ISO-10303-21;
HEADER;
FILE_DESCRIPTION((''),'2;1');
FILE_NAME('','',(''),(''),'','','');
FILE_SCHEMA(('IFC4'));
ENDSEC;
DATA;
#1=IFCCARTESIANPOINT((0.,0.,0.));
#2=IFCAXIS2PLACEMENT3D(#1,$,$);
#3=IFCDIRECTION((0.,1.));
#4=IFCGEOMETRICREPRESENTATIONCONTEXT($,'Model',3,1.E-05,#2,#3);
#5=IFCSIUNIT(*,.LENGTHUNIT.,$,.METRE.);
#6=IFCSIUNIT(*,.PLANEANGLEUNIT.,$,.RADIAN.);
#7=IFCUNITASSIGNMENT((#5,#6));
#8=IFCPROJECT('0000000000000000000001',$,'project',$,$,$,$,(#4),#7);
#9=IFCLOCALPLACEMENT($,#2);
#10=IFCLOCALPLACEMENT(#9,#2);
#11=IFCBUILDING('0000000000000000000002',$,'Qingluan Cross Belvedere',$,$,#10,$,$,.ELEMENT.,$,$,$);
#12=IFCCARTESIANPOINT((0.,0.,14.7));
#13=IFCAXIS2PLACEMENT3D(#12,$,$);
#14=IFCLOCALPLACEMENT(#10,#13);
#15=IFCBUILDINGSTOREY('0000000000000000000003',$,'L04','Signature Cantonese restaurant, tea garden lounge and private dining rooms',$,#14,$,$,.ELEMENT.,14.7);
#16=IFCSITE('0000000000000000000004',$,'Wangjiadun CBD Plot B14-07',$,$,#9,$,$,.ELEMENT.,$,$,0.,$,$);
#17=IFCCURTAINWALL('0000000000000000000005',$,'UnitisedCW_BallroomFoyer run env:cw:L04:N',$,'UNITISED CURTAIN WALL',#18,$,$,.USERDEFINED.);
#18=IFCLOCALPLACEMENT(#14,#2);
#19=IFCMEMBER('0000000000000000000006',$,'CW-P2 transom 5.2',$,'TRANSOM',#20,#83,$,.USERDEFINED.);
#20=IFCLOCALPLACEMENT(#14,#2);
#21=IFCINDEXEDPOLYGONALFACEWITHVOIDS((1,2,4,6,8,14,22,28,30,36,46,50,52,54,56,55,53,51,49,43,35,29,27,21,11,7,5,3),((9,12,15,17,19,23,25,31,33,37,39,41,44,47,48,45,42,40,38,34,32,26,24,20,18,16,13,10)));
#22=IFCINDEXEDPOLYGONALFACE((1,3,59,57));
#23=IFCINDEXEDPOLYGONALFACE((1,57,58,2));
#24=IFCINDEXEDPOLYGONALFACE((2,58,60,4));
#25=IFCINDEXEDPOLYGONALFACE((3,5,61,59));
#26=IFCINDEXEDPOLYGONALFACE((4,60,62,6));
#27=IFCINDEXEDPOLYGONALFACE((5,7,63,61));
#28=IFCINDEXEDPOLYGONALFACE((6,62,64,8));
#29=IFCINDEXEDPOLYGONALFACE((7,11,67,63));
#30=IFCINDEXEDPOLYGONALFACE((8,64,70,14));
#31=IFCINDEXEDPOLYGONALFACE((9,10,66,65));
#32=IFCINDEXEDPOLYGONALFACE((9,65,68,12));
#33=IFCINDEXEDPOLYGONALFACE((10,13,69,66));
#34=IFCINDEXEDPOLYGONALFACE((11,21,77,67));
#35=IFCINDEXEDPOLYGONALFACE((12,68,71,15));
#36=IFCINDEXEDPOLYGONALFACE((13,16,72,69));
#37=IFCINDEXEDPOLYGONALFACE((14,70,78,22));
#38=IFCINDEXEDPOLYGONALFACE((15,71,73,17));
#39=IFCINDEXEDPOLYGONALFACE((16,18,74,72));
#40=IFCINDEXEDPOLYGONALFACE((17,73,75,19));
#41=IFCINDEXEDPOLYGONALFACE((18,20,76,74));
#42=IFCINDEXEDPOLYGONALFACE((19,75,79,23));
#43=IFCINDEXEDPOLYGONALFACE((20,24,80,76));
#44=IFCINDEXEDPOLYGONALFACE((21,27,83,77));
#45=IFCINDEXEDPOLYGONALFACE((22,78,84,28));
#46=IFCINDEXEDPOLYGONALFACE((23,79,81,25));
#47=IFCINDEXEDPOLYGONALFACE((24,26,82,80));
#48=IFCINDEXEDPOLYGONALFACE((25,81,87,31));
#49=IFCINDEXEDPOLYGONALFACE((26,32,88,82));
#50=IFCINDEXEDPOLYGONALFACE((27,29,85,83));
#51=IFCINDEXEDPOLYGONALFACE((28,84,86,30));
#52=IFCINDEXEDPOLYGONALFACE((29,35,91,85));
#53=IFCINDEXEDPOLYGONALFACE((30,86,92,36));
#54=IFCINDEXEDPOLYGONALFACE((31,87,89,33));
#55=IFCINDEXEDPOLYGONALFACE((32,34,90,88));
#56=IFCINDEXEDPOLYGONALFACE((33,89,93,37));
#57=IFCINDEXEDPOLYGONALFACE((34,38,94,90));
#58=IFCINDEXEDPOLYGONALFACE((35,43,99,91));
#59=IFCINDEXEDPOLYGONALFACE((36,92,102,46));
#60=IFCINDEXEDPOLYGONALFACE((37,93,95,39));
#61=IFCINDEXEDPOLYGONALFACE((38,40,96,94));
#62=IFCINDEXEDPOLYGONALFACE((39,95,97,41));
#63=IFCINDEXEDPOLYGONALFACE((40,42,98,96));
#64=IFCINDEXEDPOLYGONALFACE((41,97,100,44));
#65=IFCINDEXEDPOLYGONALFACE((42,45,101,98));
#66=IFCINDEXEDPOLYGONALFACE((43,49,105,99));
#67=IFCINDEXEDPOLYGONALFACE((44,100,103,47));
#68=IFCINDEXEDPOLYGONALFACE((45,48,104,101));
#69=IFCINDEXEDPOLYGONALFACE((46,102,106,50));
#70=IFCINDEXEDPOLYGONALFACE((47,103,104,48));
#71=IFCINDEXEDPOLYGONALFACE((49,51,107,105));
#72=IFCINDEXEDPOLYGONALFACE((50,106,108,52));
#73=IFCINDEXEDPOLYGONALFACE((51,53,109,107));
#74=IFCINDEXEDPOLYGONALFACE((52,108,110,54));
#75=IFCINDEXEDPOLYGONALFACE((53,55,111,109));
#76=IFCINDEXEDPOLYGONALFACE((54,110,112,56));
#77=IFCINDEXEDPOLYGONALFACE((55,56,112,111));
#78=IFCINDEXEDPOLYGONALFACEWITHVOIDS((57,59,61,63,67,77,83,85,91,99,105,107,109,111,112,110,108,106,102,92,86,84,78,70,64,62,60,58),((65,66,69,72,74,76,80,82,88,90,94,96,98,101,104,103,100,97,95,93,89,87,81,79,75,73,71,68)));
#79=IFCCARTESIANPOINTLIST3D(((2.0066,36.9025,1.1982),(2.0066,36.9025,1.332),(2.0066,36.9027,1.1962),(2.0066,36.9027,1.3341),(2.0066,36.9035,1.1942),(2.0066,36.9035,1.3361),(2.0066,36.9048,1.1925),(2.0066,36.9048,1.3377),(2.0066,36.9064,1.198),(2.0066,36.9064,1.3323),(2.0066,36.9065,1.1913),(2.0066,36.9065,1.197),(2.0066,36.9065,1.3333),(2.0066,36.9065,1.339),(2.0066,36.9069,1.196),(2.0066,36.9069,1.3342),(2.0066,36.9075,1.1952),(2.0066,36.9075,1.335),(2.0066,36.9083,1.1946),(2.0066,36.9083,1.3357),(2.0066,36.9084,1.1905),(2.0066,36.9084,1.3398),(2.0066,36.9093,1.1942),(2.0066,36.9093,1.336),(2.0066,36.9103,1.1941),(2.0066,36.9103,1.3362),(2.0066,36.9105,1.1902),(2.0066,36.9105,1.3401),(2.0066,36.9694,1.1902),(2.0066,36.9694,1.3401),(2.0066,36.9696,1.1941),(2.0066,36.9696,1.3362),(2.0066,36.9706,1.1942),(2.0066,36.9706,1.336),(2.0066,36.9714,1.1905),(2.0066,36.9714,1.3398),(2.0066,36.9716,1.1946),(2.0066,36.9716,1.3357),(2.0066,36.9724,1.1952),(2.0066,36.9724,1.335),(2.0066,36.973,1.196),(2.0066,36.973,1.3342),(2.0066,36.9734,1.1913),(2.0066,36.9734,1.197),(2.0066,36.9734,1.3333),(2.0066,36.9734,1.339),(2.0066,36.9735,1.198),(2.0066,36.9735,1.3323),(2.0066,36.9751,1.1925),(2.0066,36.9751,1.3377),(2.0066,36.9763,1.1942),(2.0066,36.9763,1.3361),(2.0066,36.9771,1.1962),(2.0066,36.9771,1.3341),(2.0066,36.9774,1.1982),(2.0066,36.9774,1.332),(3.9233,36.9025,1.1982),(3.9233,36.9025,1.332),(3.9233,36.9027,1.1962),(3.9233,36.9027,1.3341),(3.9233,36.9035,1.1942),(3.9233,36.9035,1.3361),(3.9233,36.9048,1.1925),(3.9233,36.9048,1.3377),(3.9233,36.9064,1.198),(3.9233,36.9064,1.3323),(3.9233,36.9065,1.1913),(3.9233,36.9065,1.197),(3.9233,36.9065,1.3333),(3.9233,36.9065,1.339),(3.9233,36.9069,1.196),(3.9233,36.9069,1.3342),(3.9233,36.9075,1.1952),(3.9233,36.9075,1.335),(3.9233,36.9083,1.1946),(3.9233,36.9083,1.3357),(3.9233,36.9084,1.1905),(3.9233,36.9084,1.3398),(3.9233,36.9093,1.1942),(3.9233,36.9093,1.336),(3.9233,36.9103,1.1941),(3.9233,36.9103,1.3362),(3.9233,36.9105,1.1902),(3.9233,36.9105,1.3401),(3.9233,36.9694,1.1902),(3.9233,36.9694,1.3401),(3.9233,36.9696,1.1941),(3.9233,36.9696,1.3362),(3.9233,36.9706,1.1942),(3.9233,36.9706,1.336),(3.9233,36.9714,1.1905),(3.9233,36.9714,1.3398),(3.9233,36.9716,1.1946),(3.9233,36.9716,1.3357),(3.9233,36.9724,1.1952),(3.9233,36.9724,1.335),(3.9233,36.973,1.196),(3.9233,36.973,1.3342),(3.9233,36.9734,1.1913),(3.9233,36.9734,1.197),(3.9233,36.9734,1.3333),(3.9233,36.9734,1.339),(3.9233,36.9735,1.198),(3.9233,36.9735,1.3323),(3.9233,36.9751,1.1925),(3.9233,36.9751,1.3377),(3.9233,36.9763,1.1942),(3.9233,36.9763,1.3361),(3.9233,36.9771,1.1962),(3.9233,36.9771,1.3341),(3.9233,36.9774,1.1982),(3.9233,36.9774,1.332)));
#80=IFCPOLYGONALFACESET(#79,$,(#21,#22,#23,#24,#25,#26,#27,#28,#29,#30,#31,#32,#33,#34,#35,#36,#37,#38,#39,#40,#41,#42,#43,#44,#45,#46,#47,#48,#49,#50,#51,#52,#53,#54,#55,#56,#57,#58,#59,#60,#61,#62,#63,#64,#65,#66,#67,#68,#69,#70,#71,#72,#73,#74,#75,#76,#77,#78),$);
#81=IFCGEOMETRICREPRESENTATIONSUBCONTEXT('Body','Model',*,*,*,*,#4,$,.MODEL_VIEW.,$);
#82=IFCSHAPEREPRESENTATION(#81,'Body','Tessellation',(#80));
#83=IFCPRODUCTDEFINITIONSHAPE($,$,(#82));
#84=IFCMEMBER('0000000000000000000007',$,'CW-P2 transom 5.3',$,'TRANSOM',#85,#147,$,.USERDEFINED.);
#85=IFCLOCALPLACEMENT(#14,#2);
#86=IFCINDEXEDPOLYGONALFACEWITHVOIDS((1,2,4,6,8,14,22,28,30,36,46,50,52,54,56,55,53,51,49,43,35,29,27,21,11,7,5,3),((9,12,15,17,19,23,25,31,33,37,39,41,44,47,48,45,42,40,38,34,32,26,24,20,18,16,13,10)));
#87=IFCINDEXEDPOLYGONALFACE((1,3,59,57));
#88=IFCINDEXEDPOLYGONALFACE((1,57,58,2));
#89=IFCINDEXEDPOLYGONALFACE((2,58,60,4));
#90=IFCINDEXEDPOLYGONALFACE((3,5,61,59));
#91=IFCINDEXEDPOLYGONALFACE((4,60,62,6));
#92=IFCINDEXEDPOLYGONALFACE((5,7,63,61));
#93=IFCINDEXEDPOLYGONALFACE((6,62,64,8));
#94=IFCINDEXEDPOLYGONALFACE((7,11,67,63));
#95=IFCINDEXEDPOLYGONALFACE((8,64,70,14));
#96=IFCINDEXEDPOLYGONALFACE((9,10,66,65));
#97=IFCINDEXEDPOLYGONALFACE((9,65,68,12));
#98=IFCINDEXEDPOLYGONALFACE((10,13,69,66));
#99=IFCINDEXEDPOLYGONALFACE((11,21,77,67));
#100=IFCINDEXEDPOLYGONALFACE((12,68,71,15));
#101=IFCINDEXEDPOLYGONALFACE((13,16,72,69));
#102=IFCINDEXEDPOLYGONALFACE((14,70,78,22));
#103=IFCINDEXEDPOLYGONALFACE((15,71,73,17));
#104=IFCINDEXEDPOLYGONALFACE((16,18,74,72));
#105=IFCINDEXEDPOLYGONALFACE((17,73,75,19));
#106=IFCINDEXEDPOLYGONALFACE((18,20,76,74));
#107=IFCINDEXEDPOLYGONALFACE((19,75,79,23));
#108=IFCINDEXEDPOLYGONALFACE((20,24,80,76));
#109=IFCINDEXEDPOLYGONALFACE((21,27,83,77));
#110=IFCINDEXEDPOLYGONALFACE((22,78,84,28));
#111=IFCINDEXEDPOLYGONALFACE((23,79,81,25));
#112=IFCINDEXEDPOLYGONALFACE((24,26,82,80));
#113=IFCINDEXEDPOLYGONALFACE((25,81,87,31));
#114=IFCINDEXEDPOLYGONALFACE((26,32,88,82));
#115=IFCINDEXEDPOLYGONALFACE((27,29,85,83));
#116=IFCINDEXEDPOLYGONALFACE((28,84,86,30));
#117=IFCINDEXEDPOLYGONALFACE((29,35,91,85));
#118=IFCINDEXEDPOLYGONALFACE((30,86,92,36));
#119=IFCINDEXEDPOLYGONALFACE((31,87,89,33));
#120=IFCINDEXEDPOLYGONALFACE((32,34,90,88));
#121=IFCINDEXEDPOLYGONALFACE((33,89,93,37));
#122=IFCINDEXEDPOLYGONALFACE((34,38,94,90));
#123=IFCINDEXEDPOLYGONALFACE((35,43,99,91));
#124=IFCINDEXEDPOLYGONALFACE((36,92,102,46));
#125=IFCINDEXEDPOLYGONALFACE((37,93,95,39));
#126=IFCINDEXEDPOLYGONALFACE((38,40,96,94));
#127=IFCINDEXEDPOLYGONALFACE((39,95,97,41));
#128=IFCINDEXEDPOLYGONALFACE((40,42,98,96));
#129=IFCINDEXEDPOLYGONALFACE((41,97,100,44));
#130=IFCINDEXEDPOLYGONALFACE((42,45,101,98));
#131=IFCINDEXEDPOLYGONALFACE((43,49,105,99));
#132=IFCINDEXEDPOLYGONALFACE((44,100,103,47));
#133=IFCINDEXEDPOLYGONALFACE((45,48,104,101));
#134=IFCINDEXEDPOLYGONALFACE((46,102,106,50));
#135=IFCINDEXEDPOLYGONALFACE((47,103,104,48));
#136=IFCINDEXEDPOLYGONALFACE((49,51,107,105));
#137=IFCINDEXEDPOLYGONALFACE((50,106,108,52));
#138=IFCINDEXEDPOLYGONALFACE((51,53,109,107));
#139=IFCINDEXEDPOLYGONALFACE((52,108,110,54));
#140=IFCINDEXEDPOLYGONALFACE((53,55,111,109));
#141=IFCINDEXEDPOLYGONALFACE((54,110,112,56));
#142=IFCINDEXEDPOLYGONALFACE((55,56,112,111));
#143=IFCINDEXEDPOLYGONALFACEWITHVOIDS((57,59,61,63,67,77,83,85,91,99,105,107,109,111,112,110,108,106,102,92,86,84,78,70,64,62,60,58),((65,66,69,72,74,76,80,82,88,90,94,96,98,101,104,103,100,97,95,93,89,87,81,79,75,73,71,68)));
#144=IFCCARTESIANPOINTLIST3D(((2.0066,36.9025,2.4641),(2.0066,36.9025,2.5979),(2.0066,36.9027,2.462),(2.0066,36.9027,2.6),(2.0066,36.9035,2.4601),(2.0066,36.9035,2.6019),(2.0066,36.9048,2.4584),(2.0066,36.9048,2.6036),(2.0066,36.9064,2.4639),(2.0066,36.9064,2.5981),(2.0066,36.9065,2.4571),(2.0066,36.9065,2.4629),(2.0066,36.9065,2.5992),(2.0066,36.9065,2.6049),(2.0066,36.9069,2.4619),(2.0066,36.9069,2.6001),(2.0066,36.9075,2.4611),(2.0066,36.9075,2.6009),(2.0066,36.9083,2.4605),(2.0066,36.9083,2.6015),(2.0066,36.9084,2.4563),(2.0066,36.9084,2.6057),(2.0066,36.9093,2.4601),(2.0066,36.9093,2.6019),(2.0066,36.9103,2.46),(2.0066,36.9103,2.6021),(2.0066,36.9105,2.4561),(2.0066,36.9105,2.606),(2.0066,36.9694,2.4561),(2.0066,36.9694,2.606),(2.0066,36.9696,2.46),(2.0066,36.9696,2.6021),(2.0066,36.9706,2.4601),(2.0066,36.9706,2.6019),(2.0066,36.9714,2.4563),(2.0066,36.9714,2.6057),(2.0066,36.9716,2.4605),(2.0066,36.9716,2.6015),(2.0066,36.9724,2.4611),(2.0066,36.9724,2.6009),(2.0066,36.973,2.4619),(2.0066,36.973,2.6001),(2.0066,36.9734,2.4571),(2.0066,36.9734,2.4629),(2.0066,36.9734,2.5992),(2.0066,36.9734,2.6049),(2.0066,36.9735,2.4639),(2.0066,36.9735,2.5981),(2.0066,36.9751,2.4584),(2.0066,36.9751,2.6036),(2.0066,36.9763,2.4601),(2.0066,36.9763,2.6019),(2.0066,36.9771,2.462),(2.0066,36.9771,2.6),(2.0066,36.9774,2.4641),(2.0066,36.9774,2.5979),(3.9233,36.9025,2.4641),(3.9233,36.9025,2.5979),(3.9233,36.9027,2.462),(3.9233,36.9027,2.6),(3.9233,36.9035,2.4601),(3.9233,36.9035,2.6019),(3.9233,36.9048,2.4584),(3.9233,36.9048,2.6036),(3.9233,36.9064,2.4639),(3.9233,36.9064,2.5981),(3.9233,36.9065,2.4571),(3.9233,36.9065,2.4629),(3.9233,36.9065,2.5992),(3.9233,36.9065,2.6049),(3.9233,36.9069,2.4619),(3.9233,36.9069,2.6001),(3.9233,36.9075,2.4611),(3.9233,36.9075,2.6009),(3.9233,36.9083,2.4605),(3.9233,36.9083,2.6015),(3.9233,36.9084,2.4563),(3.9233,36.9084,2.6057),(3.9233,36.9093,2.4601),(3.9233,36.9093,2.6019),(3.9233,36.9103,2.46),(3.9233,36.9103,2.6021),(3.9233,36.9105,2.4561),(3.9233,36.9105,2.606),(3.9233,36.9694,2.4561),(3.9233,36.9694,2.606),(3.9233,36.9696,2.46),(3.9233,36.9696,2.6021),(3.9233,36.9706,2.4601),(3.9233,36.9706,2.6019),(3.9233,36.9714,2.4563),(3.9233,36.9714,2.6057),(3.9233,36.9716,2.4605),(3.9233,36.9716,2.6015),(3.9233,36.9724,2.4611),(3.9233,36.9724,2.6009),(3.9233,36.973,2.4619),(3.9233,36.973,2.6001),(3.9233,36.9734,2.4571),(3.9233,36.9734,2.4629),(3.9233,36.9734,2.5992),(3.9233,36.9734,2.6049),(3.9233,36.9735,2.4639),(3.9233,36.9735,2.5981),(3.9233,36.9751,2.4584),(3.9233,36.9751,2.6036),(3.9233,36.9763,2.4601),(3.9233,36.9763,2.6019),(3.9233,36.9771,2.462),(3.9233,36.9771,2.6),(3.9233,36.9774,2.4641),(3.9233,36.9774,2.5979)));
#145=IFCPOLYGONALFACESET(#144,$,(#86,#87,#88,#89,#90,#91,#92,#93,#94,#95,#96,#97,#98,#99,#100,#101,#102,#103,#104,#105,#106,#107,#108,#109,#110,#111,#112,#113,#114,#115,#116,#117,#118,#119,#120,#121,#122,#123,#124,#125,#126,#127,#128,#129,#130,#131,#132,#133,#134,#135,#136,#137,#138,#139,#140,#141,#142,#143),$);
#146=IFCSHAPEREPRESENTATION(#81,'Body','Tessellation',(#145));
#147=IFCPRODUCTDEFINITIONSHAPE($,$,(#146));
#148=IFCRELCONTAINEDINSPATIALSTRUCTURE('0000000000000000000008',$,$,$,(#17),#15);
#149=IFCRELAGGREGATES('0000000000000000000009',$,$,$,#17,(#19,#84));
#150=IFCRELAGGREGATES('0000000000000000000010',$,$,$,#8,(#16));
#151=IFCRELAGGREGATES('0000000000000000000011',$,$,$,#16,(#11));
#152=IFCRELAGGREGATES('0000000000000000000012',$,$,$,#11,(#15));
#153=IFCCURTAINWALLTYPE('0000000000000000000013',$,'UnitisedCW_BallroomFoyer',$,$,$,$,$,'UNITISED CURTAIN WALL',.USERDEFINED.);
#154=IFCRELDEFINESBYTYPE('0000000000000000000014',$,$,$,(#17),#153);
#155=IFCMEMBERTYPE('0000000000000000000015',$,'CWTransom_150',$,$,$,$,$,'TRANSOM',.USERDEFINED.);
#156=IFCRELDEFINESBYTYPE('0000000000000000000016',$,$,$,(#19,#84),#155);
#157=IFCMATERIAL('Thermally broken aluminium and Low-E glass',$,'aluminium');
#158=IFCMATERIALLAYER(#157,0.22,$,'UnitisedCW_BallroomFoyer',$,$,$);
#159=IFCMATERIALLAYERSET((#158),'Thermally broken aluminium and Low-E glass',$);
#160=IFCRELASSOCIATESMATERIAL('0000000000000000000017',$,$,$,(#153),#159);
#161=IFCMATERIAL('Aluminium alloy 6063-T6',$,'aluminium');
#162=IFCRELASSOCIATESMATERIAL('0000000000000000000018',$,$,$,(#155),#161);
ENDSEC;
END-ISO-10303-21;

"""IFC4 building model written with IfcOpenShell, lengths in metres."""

from ifc_helpers import new_model, si_unit, direction, frame, origin, origin_2d, place, context, subcontext, project, spatial, hollow_rectangle, extrude, material, layer, layer_set, material_profile, profile_set, type_object, element, aggregate, save


model = new_model("IFC4")

# Units and contexts
model_context = context("Model", 3, precision=1e-05, world=origin(), true_north=direction((0.0, 1.0)))
body_context = subcontext(model_context, "Body", "Model", "MODEL_VIEW")
ifc_project = project(units=[si_unit("LENGTHUNIT", "METRE"), si_unit("PLANEANGLEUNIT", "RADIAN")], contexts=[model_context])

# Site, building, storey
site_placement = place(None, origin())
site = spatial("IfcSite", under=ifc_project, at=site_placement, Name="Wangjiadun CBD Plot B14-07", CompositionType="ELEMENT", RefElevation=0.0)
building_placement = place(site_placement, origin())
building = spatial("IfcBuilding", under=site, at=building_placement, Name="Qingluan Cross Belvedere", CompositionType="ELEMENT")
storey_placement = place(building_placement, frame((0.0, 0.0, 14.7)))
storey = spatial("IfcBuildingStorey", under=building, at=storey_placement, Name="L04", Description="Signature Cantonese restaurant, tea garden lounge and private dining rooms", CompositionType="ELEMENT", Elevation=14.7)

# Curtain wall, members
ifc_material_1 = material(Name="Thermally broken aluminium and Low-E glass", Category="aluminium")
ifc_layer_1 = layer(ifc_material_1, 0.22, Name="UnitisedCW_BallroomFoyer")
ifc_layer_set_1 = layer_set([ifc_layer_1], Name="Thermally broken aluminium and Low-E glass")
curtain_wall_type = type_object("IfcCurtainWallType", Name="UnitisedCW_BallroomFoyer", ElementType="UNITISED CURTAIN WALL", PredefinedType="USERDEFINED", material=ifc_layer_set_1)
curtain_wall_placement = place(storey_placement, origin())
curtain_wall = element("IfcCurtainWall", 1, at=curtain_wall_placement, inside=storey, type_object=curtain_wall_type, Name="UnitisedCW_BallroomFoyer run env:cw:L04:N", ObjectType="UNITISED CURTAIN WALL", PredefinedType="USERDEFINED")
ifc_material_2 = material(Name="Aluminium alloy 6063-T6", Category="aluminium")
ifc_material_profile_1 = material_profile(ifc_material_2, hollow_rectangle(XDim=0.075, YDim=0.1499, WallThickness=0.0039, InnerFilletRadius=0.0039, OuterFilletRadius=0.0081, at=origin_2d()), Name="CWT150x75x4")
ifc_profile_set_1 = profile_set([ifc_material_profile_1], Name="Aluminium alloy 6063-T6")
member_type_1 = type_object("IfcMemberType", Name="CWTransom_150", ElementType="TRANSOM", PredefinedType="USERDEFINED", material=ifc_profile_set_1)
member_1_placement = place(storey_placement, frame((2.0066, 36.9399, 1.2651), z_axis=(1.0, 0.0, 0.0), x_axis=(0.0, 1.0, 0.0)))
member_1 = element("IfcMember", 2, at=member_1_placement, type_object=member_type_1, Name="CW-P2 transom 5.2", ObjectType="TRANSOM", PredefinedType="USERDEFINED", context=body_context, shape_type="SweptSolid", body=[
    extrude(hollow_rectangle(XDim=0.075, YDim=0.1499, WallThickness=0.0039, InnerFilletRadius=0.0039, OuterFilletRadius=0.0081, at=origin_2d()), origin(), (0.0, 0.0, 1.0), 1.9167),
])
member_2_placement = place(storey_placement, frame((2.0066, 36.9399, 2.531), z_axis=(1.0, 0.0, 0.0), x_axis=(0.0, 1.0, 0.0)))
member_2 = element("IfcMember", 3, at=member_2_placement, type_object=member_type_1, Name="CW-P2 transom 5.3", ObjectType="TRANSOM", PredefinedType="USERDEFINED", context=body_context, shape_type="SweptSolid", body=[
    extrude(hollow_rectangle(XDim=0.075, YDim=0.1499, WallThickness=0.0039, InnerFilletRadius=0.0039, OuterFilletRadius=0.0081, at=origin_2d()), origin(), (0.0, 0.0, 1.0), 1.9167),
])

aggregate(curtain_wall, [member_1, member_2])

save(model, "model.ifc")
